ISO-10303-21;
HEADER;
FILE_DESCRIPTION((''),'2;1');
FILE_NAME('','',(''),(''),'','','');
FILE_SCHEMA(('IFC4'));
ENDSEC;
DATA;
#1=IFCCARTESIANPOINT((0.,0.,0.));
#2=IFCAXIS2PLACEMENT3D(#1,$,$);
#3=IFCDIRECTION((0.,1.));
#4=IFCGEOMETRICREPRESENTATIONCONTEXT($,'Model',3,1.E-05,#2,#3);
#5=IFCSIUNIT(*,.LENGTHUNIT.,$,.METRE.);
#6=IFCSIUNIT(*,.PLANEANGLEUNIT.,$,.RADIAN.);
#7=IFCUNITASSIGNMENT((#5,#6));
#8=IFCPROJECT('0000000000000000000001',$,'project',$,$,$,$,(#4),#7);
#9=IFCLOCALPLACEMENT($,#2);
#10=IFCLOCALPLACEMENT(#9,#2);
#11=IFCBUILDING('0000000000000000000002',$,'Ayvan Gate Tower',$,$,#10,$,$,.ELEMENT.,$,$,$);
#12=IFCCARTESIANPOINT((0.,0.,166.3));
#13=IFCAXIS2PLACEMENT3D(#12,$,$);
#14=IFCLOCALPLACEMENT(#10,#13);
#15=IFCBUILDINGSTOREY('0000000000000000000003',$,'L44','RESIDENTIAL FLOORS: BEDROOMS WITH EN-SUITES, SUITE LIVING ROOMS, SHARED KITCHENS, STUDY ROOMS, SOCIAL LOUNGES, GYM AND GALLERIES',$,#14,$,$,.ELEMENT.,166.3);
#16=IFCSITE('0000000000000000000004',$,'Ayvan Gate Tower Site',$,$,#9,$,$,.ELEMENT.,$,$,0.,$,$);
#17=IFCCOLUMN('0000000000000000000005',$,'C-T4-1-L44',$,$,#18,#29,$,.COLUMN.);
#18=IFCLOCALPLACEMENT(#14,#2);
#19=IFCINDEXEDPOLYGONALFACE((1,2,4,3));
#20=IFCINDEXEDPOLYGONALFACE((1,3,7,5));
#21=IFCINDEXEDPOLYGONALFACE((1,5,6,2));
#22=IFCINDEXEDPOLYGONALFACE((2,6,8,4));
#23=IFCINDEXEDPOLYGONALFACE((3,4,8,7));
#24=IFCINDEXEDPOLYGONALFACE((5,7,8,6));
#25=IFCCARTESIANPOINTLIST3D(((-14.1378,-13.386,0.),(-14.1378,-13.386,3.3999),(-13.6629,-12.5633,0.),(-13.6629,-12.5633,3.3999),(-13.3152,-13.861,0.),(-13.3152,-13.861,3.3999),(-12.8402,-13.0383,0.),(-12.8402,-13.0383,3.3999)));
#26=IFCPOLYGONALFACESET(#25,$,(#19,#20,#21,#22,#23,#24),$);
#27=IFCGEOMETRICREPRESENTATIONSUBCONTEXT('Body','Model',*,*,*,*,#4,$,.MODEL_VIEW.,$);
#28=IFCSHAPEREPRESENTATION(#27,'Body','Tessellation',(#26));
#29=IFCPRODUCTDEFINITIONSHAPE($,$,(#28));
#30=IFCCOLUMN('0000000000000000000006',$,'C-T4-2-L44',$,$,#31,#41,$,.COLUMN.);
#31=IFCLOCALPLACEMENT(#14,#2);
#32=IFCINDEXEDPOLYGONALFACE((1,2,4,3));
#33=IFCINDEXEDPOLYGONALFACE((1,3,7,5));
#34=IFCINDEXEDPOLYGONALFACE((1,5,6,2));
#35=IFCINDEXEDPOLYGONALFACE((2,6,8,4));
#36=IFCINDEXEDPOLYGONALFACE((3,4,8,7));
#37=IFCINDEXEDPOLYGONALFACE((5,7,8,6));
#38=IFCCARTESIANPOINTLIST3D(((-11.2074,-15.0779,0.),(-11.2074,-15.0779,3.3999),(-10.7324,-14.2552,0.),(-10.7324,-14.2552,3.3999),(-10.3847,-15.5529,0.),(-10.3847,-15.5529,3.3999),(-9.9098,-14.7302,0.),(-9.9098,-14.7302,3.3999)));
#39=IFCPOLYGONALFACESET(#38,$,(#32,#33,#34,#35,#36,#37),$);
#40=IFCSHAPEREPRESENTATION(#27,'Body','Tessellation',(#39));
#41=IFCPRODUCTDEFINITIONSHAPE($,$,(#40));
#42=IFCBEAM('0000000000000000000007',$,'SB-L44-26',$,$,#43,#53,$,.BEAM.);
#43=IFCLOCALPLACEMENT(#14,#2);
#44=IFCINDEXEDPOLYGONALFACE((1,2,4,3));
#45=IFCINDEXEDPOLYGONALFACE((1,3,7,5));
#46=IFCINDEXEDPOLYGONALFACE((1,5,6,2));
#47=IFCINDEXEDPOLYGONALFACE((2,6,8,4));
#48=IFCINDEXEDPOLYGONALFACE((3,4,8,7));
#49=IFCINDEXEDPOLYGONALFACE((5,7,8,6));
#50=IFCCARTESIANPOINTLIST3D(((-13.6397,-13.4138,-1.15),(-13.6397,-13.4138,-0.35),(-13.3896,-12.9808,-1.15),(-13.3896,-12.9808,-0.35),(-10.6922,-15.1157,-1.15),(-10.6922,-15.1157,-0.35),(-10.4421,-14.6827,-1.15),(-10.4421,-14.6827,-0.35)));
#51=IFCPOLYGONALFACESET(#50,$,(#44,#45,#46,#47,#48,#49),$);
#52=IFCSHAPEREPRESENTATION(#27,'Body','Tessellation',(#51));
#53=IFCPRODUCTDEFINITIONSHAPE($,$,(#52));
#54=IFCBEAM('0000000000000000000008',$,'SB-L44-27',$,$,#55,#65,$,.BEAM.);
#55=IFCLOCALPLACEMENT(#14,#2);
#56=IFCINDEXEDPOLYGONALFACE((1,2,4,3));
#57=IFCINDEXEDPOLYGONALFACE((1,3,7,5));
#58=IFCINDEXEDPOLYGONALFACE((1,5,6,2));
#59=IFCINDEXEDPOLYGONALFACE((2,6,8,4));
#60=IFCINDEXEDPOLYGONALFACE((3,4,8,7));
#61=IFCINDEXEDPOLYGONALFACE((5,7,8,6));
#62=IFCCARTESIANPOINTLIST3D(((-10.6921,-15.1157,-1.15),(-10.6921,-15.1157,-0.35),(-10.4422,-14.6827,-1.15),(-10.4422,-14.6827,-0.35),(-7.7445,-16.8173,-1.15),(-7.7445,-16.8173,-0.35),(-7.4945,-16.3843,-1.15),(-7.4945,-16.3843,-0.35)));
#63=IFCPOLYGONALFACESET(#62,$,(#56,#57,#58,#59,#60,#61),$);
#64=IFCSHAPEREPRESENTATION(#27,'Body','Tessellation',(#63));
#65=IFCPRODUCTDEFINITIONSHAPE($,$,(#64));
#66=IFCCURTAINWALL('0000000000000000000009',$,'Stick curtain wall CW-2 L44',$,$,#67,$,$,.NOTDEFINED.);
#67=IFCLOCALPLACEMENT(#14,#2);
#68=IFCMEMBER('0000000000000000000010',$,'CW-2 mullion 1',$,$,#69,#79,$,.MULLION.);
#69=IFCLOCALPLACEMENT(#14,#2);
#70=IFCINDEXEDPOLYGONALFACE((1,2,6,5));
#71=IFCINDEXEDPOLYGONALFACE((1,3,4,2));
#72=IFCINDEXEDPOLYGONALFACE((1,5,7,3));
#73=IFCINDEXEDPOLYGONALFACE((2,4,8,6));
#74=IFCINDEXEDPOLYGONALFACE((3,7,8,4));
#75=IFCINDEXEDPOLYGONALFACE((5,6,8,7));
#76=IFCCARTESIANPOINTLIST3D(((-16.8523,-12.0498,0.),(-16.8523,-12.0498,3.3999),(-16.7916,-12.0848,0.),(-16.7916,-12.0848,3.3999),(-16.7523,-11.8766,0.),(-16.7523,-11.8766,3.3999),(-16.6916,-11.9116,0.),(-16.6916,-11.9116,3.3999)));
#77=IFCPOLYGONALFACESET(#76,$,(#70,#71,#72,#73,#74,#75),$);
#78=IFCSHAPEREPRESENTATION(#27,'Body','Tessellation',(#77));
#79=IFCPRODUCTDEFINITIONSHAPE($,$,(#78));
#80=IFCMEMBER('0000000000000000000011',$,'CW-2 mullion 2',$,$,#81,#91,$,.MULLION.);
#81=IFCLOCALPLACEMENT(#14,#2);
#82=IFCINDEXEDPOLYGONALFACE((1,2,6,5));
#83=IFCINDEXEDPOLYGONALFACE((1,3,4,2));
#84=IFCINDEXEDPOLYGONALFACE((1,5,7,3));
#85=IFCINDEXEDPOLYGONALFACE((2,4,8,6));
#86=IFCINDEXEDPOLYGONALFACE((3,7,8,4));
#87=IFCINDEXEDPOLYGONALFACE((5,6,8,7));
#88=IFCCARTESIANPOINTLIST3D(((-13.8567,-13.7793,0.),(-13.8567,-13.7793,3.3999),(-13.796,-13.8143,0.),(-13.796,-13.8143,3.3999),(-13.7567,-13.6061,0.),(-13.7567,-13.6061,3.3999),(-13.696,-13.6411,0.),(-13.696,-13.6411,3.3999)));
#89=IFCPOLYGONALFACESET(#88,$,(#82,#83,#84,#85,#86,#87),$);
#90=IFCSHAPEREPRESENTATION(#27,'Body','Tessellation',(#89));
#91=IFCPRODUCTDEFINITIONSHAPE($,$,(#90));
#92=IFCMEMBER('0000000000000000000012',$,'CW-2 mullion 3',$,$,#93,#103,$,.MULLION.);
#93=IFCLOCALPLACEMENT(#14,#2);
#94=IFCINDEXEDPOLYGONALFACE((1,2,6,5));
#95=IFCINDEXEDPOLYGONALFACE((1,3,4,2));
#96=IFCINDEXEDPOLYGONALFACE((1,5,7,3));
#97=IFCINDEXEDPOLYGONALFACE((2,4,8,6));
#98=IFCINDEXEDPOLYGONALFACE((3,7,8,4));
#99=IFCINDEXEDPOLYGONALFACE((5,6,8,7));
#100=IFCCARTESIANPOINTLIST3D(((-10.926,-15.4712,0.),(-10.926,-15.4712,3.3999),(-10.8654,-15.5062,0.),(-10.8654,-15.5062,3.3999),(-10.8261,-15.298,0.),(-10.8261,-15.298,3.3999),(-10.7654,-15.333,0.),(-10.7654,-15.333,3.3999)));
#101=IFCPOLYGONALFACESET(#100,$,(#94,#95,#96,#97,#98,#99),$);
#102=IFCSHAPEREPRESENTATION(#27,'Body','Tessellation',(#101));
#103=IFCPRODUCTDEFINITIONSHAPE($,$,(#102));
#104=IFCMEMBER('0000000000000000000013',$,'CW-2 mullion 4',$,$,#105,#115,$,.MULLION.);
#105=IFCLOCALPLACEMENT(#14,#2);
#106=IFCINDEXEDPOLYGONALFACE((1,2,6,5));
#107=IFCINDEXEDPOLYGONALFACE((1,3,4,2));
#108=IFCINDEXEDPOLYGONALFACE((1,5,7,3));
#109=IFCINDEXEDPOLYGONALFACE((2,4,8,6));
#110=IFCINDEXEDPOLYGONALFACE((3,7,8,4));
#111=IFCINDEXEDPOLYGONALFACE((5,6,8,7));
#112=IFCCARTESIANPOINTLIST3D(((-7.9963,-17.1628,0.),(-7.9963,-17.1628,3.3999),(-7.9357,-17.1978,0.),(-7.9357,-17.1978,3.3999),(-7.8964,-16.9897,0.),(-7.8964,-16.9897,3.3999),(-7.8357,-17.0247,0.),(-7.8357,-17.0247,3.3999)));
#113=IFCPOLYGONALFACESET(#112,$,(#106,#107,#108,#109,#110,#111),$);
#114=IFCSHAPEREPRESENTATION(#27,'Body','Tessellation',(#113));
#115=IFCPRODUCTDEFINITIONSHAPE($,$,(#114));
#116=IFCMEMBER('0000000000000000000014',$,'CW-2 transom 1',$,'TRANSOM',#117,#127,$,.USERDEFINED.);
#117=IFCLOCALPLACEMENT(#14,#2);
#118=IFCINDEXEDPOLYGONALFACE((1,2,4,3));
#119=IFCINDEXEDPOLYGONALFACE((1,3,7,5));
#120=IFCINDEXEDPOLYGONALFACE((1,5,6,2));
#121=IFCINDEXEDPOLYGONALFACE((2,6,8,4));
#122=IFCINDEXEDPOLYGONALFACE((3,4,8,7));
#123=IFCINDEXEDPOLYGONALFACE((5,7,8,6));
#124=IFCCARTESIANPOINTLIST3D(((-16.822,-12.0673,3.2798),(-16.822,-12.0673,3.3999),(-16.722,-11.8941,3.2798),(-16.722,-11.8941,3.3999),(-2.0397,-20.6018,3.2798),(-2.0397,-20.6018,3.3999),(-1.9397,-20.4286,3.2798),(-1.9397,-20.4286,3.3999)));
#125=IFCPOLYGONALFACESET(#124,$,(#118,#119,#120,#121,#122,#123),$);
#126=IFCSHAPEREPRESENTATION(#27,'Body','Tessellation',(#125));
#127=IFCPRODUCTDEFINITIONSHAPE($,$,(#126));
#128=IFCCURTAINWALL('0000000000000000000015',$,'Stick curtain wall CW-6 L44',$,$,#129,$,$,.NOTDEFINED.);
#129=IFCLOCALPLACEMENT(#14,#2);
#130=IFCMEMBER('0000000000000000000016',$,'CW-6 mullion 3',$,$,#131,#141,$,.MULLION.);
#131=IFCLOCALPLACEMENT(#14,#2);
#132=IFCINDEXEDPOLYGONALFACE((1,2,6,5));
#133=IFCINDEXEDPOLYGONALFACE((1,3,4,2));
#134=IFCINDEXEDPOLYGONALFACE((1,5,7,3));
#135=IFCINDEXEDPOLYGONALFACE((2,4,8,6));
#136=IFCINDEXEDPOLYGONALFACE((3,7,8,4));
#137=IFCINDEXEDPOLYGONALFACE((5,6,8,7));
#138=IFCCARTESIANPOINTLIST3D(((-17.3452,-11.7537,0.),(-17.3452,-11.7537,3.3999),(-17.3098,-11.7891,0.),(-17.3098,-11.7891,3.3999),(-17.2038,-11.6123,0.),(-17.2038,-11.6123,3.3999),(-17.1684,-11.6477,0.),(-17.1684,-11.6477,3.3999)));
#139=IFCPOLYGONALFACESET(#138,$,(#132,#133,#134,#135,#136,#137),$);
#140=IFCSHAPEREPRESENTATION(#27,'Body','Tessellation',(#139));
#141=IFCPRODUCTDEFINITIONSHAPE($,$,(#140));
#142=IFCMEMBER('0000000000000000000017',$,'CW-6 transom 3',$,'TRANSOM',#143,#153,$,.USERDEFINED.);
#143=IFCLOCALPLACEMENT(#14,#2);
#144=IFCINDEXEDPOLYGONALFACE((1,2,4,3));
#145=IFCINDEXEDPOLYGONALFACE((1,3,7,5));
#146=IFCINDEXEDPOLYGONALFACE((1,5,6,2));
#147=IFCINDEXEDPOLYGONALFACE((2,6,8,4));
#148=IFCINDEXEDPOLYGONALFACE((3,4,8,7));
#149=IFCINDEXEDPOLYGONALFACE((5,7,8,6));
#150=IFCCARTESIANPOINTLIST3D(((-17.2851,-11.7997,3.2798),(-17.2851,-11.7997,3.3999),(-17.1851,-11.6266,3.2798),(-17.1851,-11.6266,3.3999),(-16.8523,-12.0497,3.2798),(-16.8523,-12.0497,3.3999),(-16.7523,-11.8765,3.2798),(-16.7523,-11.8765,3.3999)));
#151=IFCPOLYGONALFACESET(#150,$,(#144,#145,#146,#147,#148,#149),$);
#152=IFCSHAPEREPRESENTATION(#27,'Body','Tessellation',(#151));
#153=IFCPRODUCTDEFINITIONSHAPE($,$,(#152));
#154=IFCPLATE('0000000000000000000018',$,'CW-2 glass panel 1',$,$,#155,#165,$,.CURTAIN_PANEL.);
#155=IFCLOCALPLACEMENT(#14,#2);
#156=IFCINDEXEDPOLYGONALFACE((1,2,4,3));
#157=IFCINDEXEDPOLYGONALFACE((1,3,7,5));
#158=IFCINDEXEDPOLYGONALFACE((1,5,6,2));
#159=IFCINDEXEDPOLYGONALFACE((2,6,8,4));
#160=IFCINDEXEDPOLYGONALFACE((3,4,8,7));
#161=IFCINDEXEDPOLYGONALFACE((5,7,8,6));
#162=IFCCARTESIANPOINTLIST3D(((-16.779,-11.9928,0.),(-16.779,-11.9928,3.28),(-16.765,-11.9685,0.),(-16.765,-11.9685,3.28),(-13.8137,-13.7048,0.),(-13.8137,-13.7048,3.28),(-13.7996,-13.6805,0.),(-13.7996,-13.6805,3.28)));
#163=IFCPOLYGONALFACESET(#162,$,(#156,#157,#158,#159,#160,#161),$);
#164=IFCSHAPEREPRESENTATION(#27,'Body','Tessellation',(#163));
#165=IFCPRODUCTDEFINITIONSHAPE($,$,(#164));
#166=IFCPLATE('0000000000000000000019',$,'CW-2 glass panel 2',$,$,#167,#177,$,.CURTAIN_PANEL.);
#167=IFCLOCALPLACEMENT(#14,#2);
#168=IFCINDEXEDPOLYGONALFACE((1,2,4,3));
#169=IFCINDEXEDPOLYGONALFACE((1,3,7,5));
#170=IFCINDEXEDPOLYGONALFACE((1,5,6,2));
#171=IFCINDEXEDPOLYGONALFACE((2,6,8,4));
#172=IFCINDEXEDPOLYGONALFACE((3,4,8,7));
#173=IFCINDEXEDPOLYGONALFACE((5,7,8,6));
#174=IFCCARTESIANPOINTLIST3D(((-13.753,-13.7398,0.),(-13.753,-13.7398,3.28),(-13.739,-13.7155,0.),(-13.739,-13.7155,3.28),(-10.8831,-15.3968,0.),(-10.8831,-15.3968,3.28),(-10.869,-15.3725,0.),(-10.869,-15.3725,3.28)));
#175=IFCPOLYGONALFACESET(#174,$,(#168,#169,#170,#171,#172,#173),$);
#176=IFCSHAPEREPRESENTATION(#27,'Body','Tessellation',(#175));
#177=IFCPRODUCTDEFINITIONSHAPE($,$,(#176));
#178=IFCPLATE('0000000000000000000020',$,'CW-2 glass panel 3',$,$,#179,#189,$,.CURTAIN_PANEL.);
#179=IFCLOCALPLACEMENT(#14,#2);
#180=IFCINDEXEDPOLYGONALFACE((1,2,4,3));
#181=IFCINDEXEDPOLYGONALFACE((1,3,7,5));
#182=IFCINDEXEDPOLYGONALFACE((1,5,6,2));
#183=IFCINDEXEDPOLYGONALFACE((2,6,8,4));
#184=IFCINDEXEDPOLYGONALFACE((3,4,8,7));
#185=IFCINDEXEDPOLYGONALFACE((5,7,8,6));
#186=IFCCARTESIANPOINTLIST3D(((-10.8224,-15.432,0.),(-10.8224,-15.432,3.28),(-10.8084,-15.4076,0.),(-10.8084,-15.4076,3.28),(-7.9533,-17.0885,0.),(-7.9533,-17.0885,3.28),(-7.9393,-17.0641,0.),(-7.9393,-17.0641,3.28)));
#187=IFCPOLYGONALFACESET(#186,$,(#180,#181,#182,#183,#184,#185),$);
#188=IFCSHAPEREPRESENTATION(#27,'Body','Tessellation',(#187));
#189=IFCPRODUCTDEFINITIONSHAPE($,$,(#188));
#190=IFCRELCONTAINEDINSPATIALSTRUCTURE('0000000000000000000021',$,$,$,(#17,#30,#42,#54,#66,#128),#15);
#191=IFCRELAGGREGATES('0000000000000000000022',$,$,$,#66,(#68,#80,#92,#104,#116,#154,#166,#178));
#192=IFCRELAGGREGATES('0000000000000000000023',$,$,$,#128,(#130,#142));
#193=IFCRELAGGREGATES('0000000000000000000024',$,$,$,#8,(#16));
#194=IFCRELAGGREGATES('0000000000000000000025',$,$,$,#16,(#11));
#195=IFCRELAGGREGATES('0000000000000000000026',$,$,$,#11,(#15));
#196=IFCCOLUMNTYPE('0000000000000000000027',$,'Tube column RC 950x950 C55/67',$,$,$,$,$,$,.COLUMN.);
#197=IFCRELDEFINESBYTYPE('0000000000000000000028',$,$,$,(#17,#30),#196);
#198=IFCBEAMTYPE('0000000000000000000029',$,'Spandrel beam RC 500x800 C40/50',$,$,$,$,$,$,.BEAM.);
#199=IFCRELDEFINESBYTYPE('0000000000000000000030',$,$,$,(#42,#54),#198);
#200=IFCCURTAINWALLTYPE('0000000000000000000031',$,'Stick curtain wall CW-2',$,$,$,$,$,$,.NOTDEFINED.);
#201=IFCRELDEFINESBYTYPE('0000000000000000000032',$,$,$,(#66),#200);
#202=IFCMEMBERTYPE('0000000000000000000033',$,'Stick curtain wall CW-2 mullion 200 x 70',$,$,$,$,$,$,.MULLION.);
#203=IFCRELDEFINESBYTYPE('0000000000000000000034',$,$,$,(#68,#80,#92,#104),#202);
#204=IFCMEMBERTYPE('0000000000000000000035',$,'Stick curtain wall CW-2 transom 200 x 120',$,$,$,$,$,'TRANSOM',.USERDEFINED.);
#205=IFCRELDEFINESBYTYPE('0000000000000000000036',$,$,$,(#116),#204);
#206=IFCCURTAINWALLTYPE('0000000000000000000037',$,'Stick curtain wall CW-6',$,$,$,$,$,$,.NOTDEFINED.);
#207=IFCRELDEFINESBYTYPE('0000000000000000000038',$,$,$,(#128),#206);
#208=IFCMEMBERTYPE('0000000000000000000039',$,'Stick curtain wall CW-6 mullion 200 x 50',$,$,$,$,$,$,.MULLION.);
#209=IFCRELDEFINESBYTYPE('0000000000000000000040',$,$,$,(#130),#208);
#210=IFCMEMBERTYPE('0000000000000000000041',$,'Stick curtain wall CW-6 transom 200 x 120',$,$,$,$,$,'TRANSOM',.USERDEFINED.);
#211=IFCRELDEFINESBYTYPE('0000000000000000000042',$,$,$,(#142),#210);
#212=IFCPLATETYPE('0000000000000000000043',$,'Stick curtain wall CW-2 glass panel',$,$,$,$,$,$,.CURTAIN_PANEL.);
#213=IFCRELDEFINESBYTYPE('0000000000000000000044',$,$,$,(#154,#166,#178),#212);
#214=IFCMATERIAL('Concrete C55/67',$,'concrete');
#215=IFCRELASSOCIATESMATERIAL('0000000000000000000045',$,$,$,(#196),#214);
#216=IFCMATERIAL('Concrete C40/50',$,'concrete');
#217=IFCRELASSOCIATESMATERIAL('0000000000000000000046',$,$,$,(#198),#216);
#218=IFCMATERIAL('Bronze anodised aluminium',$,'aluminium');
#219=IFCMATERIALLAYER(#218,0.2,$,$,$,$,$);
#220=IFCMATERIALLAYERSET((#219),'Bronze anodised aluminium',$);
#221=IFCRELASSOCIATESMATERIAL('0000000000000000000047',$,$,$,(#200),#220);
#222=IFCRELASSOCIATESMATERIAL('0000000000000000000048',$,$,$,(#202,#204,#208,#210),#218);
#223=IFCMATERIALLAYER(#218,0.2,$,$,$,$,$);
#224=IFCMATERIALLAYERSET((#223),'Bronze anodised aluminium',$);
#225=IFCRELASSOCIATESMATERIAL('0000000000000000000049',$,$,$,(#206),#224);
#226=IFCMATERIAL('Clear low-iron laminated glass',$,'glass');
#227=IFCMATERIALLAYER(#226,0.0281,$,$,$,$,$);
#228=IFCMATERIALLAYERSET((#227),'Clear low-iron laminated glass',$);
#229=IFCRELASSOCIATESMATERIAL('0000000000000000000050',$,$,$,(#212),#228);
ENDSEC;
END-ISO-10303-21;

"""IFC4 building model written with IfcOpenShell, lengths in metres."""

from ifc_helpers import new_model, si_unit, direction, frame, origin, origin_2d, place, context, subcontext, project, spatial, rectangle, extrude, material, layer, layer_set, material_profile, profile_set, type_object, element, aggregate, save


model = new_model("IFC4")

# Units and contexts
model_context = context("Model", 3, precision=1e-05, world=origin(), true_north=direction((0.0, 1.0)))
body_context = subcontext(model_context, "Body", "Model", "MODEL_VIEW")
ifc_project = project(units=[si_unit("LENGTHUNIT", "METRE"), si_unit("PLANEANGLEUNIT", "RADIAN")], contexts=[model_context])

# Site, building, storey
site_placement = place(None, origin())
site = spatial("IfcSite", under=ifc_project, at=site_placement, Name="Ayvan Gate Tower Site", CompositionType="ELEMENT", RefElevation=0.0)
building_placement = place(site_placement, origin())
building = spatial("IfcBuilding", under=site, at=building_placement, Name="Ayvan Gate Tower", CompositionType="ELEMENT")
storey_placement = place(building_placement, frame((0.0, 0.0, 166.3)))
storey = spatial("IfcBuildingStorey", under=building, at=storey_placement, Name="L44", Description="RESIDENTIAL FLOORS: BEDROOMS WITH EN-SUITES, SUITE LIVING ROOMS, SHARED KITCHENS, STUDY ROOMS, SOCIAL LOUNGES, GYM AND GALLERIES", CompositionType="ELEMENT", Elevation=166.3)

# Columns
ifc_material_1 = material(Name="Concrete C55/67", Category="concrete")
ifc_material_profile_1 = material_profile(ifc_material_1, rectangle(XDim=0.95, YDim=0.95, at=origin_2d()), Name="RC 950x950")
ifc_profile_set_1 = profile_set([ifc_material_profile_1], Name="Concrete C55/67")
column_type = type_object("IfcColumnType", Name="Tube column RC 950x950 C55/67", PredefinedType="COLUMN", material=ifc_profile_set_1)
for number, where, z_axis, x_axis, name in (
    (1, (-13.489, -13.2122, 0.0), (0.0, 0.0, 1.0), (-0.5, -0.866025, 0.0), "C-T4-1-L44"),
    (2, (-10.5586, -14.9041, 0.0), (0.0, 0.0, 1.0), (-0.5, -0.866025, 0.0), "C-T4-2-L44"),
):
    element("IfcColumn", number, at=place(storey_placement, frame(where, z_axis=z_axis, x_axis=x_axis)), inside=storey, type_object=column_type, Name=name, PredefinedType="COLUMN", context=body_context, shape_type="SweptSolid", body=[
        extrude(rectangle(XDim=0.95, YDim=0.95, at=origin_2d()), origin(), (0.0, 0.0, 1.0), 3.3999),
    ])

# Beams
ifc_material_2 = material(Name="Concrete C40/50", Category="concrete")
ifc_material_profile_2 = material_profile(ifc_material_2, rectangle(XDim=0.5, YDim=0.8, at=origin_2d()), Name="RC 500x800")
ifc_profile_set_2 = profile_set([ifc_material_profile_2], Name="Concrete C40/50")
beam_type = type_object("IfcBeamType", Name="Spandrel beam RC 500x800 C40/50", PredefinedType="BEAM", material=ifc_profile_set_2)
for number, where, z_axis, x_axis, name in (
    (3, (-13.5146, -13.1973, -0.75), (0.866005, -0.500035, 0.0), (0.500035, 0.866005, 0.0), "SB-L44-26"),
    (4, (-10.5671, -14.8992, -0.75), (0.866054, -0.49995, 0.0), (0.49995, 0.866054, 0.0), "SB-L44-27"),
):
    element("IfcBeam", number, at=place(storey_placement, frame(where, z_axis=z_axis, x_axis=x_axis)), inside=storey, type_object=beam_type, Name=name, PredefinedType="BEAM", context=body_context, shape_type="SweptSolid", body=[
        extrude(rectangle(XDim=0.5, YDim=0.8, at=origin_2d()), origin(), (0.0, 0.0, 1.0), 3.4036),
    ])

# Curtain walls, members
ifc_material_3 = material(Name="Bronze anodised aluminium", Category="aluminium")
ifc_layer_1 = layer(ifc_material_3, 0.2)
ifc_layer_set_1 = layer_set([ifc_layer_1], Name="Bronze anodised aluminium")
curtain_wall_type_1 = type_object("IfcCurtainWallType", Name="Stick curtain wall CW-2", PredefinedType="NOTDEFINED", material=ifc_layer_set_1)
curtain_wall_1_placement = place(storey_placement, origin())
curtain_wall_1 = element("IfcCurtainWall", 5, at=curtain_wall_1_placement, inside=storey, type_object=curtain_wall_type_1, Name="Stick curtain wall CW-2 L44", PredefinedType="NOTDEFINED")
ifc_material_profile_3 = material_profile(ifc_material_3, rectangle(XDim=0.2, YDim=0.0701, at=origin_2d()), Name="Stick curtain wall CW-2 mullion 200 x 70")
ifc_profile_set_3 = profile_set([ifc_material_profile_3], Name="Bronze anodised aluminium")
member_type_1 = type_object("IfcMemberType", Name="Stick curtain wall CW-2 mullion 200 x 70", PredefinedType="MULLION", material=ifc_profile_set_3)
member_1_placement = place(storey_placement, frame((-16.772, -11.9807, 0.0), z_axis=(0.0, 0.0, 1.0), x_axis=(-0.5, -0.866025, 0.0)))
member_1 = element("IfcMember", 6, at=member_1_placement, type_object=member_type_1, Name="CW-2 mullion 1", PredefinedType="MULLION", context=body_context, shape_type="SweptSolid", body=[
    extrude(rectangle(XDim=0.2, YDim=0.0701, at=origin_2d()), origin(), (0.0, 0.0, 1.0), 3.3999),
])
member_2_placement = place(storey_placement, frame((-13.7764, -13.7102, 0.0), z_axis=(0.0, 0.0, 1.0), x_axis=(-0.5, -0.866025, 0.0)))
member_2 = element("IfcMember", 7, at=member_2_placement, type_object=member_type_1, Name="CW-2 mullion 2", PredefinedType="MULLION", context=body_context, shape_type="SweptSolid", body=[
    extrude(rectangle(XDim=0.2, YDim=0.0701, at=origin_2d()), origin(), (0.0, 0.0, 1.0), 3.3999),
])
member_3_placement = place(storey_placement, frame((-10.8457, -15.4021, 0.0), z_axis=(0.0, 0.0, 1.0), x_axis=(-0.5, -0.866025, 0.0)))
member_3 = element("IfcMember", 8, at=member_3_placement, type_object=member_type_1, Name="CW-2 mullion 3", PredefinedType="MULLION", context=body_context, shape_type="SweptSolid", body=[
    extrude(rectangle(XDim=0.2, YDim=0.0701, at=origin_2d()), origin(), (0.0, 0.0, 1.0), 3.3999),
])
member_4_placement = place(storey_placement, frame((-7.916, -17.0938, 0.0), z_axis=(0.0, 0.0, 1.0), x_axis=(-0.5, -0.866025, 0.0)))
member_4 = element("IfcMember", 9, at=member_4_placement, type_object=member_type_1, Name="CW-2 mullion 4", PredefinedType="MULLION", context=body_context, shape_type="SweptSolid", body=[
    extrude(rectangle(XDim=0.2, YDim=0.0701, at=origin_2d()), origin(), (0.0, 0.0, 1.0), 3.3999),
])
ifc_material_profile_4 = material_profile(ifc_material_3, rectangle(XDim=0.2, YDim=0.1201, at=origin_2d()), Name="Stick curtain wall CW-2 transom 200 x 120")
ifc_profile_set_4 = profile_set([ifc_material_profile_4], Name="Bronze anodised aluminium")
member_type_2 = type_object("IfcMemberType", Name="Stick curtain wall CW-2 transom 200 x 120", ElementType="TRANSOM", PredefinedType="USERDEFINED", material=ifc_profile_set_4)
member_5_placement = place(storey_placement, frame((-16.772, -11.9807, 3.3398), z_axis=(0.866028, -0.499996, 0.0), x_axis=(0.499996, 0.866028, 0.0)))
member_5 = element("IfcMember", 10, at=member_5_placement, type_object=member_type_2, Name="CW-2 transom 1", ObjectType="TRANSOM", PredefinedType="USERDEFINED", context=body_context, shape_type="SweptSolid", body=[
    extrude(rectangle(XDim=0.2, YDim=0.1201, at=origin_2d()), origin(), (0.0, 0.0, 1.0), 17.0691),
])
ifc_layer_2 = layer(ifc_material_3, 0.2)
ifc_layer_set_2 = layer_set([ifc_layer_2], Name="Bronze anodised aluminium")
curtain_wall_type_2 = type_object("IfcCurtainWallType", Name="Stick curtain wall CW-6", PredefinedType="NOTDEFINED", material=ifc_layer_set_2)
curtain_wall_2_placement = place(storey_placement, origin())
curtain_wall_2 = element("IfcCurtainWall", 11, at=curtain_wall_2_placement, inside=storey, type_object=curtain_wall_type_2, Name="Stick curtain wall CW-6 L44", PredefinedType="NOTDEFINED")
ifc_material_profile_5 = material_profile(ifc_material_3, rectangle(XDim=0.2, YDim=0.05, at=origin_2d()), Name="Stick curtain wall CW-6 mullion 200 x 50")
ifc_profile_set_5 = profile_set([ifc_material_profile_5], Name="Bronze anodised aluminium")
member_type_3 = type_object("IfcMemberType", Name="Stick curtain wall CW-6 mullion 200 x 50", PredefinedType="MULLION", material=ifc_profile_set_5)
member_6_placement = place(storey_placement, frame((-17.2568, -11.7007, 0.0), z_axis=(0.0, 0.0, 1.0), x_axis=(-0.707107, -0.707107, 0.0)))
member_6 = element("IfcMember", 12, at=member_6_placement, type_object=member_type_3, Name="CW-6 mullion 3", PredefinedType="MULLION", context=body_context, shape_type="SweptSolid", body=[
    extrude(rectangle(XDim=0.2, YDim=0.05, at=origin_2d()), origin(), (0.0, 0.0, 1.0), 3.3999),
])
ifc_material_profile_6 = material_profile(ifc_material_3, rectangle(XDim=0.2, YDim=0.1201, at=origin_2d()), Name="Stick curtain wall CW-6 transom 200 x 120")
ifc_profile_set_6 = profile_set([ifc_material_profile_6], Name="Bronze anodised aluminium")
member_type_4 = type_object("IfcMemberType", Name="Stick curtain wall CW-6 transom 200 x 120", ElementType="TRANSOM", PredefinedType="USERDEFINED", material=ifc_profile_set_6)
member_7_placement = place(storey_placement, frame((-17.2351, -11.7131, 3.3398), z_axis=(0.86595, -0.500131, 0.0), x_axis=(0.500131, 0.86595, 0.0)))
member_7 = element("IfcMember", 13, at=member_7_placement, type_object=member_type_4, Name="CW-6 transom 3", ObjectType="TRANSOM", PredefinedType="USERDEFINED", context=body_context, shape_type="SweptSolid", body=[
    extrude(rectangle(XDim=0.2, YDim=0.1201, at=origin_2d()), origin(), (0.0, 0.0, 1.0), 0.4998),
])

# Plates
ifc_material_4 = material(Name="Clear low-iron laminated glass", Category="glass")
ifc_layer_3 = layer(ifc_material_4, 0.0281)
ifc_layer_set_3 = layer_set([ifc_layer_3], Name="Clear low-iron laminated glass")
plate_type_1 = type_object("IfcPlateType", Name="Stick curtain wall CW-2 glass panel", PredefinedType="CURTAIN_PANEL", material=ifc_layer_set_3)
plate_1_placement = place(storey_placement, frame((-15.2893, -12.8367, 0.0), z_axis=(0.0, 0.0, 1.0), x_axis=(0.866025, -0.5, 0.0)))
plate_1 = element("IfcPlate", 14, at=plate_1_placement, type_object=plate_type_1, Name="CW-2 glass panel 1", PredefinedType="CURTAIN_PANEL", context=body_context, shape_type="SweptSolid", body=[
    extrude(rectangle(XDim=3.4241, YDim=0.0281, at=origin_2d()), origin(), (0.0, 0.0, 1.0), 3.28),
])
plate_2_placement = place(storey_placement, frame((-12.311, -14.5562, 0.0), z_axis=(0.0, 0.0, 1.0), x_axis=(0.866025, -0.5, 0.0)))
plate_2 = element("IfcPlate", 15, at=plate_2_placement, type_object=plate_type_1, Name="CW-2 glass panel 2", PredefinedType="CURTAIN_PANEL", context=body_context, shape_type="SweptSolid", body=[
    extrude(rectangle(XDim=3.314, YDim=0.0281, at=origin_2d()), origin(), (0.0, 0.0, 1.0), 3.28),
])
plate_3_placement = place(storey_placement, frame((-9.3809, -16.248, 0.0), z_axis=(0.0, 0.0, 1.0), x_axis=(0.866025, -0.5, 0.0)))
plate_3 = element("IfcPlate", 16, at=plate_3_placement, type_object=plate_type_1, Name="CW-2 glass panel 3", PredefinedType="CURTAIN_PANEL", context=body_context, shape_type="SweptSolid", body=[
    extrude(rectangle(XDim=3.313, YDim=0.0281, at=origin_2d()), origin(), (0.0, 0.0, 1.0), 3.28),
])
aggregate(curtain_wall_1, [member_1, member_2, member_3, member_4, member_5, plate_1, plate_2, plate_3])
aggregate(curtain_wall_2, [member_6, member_7])

save(model, "model.ifc")
